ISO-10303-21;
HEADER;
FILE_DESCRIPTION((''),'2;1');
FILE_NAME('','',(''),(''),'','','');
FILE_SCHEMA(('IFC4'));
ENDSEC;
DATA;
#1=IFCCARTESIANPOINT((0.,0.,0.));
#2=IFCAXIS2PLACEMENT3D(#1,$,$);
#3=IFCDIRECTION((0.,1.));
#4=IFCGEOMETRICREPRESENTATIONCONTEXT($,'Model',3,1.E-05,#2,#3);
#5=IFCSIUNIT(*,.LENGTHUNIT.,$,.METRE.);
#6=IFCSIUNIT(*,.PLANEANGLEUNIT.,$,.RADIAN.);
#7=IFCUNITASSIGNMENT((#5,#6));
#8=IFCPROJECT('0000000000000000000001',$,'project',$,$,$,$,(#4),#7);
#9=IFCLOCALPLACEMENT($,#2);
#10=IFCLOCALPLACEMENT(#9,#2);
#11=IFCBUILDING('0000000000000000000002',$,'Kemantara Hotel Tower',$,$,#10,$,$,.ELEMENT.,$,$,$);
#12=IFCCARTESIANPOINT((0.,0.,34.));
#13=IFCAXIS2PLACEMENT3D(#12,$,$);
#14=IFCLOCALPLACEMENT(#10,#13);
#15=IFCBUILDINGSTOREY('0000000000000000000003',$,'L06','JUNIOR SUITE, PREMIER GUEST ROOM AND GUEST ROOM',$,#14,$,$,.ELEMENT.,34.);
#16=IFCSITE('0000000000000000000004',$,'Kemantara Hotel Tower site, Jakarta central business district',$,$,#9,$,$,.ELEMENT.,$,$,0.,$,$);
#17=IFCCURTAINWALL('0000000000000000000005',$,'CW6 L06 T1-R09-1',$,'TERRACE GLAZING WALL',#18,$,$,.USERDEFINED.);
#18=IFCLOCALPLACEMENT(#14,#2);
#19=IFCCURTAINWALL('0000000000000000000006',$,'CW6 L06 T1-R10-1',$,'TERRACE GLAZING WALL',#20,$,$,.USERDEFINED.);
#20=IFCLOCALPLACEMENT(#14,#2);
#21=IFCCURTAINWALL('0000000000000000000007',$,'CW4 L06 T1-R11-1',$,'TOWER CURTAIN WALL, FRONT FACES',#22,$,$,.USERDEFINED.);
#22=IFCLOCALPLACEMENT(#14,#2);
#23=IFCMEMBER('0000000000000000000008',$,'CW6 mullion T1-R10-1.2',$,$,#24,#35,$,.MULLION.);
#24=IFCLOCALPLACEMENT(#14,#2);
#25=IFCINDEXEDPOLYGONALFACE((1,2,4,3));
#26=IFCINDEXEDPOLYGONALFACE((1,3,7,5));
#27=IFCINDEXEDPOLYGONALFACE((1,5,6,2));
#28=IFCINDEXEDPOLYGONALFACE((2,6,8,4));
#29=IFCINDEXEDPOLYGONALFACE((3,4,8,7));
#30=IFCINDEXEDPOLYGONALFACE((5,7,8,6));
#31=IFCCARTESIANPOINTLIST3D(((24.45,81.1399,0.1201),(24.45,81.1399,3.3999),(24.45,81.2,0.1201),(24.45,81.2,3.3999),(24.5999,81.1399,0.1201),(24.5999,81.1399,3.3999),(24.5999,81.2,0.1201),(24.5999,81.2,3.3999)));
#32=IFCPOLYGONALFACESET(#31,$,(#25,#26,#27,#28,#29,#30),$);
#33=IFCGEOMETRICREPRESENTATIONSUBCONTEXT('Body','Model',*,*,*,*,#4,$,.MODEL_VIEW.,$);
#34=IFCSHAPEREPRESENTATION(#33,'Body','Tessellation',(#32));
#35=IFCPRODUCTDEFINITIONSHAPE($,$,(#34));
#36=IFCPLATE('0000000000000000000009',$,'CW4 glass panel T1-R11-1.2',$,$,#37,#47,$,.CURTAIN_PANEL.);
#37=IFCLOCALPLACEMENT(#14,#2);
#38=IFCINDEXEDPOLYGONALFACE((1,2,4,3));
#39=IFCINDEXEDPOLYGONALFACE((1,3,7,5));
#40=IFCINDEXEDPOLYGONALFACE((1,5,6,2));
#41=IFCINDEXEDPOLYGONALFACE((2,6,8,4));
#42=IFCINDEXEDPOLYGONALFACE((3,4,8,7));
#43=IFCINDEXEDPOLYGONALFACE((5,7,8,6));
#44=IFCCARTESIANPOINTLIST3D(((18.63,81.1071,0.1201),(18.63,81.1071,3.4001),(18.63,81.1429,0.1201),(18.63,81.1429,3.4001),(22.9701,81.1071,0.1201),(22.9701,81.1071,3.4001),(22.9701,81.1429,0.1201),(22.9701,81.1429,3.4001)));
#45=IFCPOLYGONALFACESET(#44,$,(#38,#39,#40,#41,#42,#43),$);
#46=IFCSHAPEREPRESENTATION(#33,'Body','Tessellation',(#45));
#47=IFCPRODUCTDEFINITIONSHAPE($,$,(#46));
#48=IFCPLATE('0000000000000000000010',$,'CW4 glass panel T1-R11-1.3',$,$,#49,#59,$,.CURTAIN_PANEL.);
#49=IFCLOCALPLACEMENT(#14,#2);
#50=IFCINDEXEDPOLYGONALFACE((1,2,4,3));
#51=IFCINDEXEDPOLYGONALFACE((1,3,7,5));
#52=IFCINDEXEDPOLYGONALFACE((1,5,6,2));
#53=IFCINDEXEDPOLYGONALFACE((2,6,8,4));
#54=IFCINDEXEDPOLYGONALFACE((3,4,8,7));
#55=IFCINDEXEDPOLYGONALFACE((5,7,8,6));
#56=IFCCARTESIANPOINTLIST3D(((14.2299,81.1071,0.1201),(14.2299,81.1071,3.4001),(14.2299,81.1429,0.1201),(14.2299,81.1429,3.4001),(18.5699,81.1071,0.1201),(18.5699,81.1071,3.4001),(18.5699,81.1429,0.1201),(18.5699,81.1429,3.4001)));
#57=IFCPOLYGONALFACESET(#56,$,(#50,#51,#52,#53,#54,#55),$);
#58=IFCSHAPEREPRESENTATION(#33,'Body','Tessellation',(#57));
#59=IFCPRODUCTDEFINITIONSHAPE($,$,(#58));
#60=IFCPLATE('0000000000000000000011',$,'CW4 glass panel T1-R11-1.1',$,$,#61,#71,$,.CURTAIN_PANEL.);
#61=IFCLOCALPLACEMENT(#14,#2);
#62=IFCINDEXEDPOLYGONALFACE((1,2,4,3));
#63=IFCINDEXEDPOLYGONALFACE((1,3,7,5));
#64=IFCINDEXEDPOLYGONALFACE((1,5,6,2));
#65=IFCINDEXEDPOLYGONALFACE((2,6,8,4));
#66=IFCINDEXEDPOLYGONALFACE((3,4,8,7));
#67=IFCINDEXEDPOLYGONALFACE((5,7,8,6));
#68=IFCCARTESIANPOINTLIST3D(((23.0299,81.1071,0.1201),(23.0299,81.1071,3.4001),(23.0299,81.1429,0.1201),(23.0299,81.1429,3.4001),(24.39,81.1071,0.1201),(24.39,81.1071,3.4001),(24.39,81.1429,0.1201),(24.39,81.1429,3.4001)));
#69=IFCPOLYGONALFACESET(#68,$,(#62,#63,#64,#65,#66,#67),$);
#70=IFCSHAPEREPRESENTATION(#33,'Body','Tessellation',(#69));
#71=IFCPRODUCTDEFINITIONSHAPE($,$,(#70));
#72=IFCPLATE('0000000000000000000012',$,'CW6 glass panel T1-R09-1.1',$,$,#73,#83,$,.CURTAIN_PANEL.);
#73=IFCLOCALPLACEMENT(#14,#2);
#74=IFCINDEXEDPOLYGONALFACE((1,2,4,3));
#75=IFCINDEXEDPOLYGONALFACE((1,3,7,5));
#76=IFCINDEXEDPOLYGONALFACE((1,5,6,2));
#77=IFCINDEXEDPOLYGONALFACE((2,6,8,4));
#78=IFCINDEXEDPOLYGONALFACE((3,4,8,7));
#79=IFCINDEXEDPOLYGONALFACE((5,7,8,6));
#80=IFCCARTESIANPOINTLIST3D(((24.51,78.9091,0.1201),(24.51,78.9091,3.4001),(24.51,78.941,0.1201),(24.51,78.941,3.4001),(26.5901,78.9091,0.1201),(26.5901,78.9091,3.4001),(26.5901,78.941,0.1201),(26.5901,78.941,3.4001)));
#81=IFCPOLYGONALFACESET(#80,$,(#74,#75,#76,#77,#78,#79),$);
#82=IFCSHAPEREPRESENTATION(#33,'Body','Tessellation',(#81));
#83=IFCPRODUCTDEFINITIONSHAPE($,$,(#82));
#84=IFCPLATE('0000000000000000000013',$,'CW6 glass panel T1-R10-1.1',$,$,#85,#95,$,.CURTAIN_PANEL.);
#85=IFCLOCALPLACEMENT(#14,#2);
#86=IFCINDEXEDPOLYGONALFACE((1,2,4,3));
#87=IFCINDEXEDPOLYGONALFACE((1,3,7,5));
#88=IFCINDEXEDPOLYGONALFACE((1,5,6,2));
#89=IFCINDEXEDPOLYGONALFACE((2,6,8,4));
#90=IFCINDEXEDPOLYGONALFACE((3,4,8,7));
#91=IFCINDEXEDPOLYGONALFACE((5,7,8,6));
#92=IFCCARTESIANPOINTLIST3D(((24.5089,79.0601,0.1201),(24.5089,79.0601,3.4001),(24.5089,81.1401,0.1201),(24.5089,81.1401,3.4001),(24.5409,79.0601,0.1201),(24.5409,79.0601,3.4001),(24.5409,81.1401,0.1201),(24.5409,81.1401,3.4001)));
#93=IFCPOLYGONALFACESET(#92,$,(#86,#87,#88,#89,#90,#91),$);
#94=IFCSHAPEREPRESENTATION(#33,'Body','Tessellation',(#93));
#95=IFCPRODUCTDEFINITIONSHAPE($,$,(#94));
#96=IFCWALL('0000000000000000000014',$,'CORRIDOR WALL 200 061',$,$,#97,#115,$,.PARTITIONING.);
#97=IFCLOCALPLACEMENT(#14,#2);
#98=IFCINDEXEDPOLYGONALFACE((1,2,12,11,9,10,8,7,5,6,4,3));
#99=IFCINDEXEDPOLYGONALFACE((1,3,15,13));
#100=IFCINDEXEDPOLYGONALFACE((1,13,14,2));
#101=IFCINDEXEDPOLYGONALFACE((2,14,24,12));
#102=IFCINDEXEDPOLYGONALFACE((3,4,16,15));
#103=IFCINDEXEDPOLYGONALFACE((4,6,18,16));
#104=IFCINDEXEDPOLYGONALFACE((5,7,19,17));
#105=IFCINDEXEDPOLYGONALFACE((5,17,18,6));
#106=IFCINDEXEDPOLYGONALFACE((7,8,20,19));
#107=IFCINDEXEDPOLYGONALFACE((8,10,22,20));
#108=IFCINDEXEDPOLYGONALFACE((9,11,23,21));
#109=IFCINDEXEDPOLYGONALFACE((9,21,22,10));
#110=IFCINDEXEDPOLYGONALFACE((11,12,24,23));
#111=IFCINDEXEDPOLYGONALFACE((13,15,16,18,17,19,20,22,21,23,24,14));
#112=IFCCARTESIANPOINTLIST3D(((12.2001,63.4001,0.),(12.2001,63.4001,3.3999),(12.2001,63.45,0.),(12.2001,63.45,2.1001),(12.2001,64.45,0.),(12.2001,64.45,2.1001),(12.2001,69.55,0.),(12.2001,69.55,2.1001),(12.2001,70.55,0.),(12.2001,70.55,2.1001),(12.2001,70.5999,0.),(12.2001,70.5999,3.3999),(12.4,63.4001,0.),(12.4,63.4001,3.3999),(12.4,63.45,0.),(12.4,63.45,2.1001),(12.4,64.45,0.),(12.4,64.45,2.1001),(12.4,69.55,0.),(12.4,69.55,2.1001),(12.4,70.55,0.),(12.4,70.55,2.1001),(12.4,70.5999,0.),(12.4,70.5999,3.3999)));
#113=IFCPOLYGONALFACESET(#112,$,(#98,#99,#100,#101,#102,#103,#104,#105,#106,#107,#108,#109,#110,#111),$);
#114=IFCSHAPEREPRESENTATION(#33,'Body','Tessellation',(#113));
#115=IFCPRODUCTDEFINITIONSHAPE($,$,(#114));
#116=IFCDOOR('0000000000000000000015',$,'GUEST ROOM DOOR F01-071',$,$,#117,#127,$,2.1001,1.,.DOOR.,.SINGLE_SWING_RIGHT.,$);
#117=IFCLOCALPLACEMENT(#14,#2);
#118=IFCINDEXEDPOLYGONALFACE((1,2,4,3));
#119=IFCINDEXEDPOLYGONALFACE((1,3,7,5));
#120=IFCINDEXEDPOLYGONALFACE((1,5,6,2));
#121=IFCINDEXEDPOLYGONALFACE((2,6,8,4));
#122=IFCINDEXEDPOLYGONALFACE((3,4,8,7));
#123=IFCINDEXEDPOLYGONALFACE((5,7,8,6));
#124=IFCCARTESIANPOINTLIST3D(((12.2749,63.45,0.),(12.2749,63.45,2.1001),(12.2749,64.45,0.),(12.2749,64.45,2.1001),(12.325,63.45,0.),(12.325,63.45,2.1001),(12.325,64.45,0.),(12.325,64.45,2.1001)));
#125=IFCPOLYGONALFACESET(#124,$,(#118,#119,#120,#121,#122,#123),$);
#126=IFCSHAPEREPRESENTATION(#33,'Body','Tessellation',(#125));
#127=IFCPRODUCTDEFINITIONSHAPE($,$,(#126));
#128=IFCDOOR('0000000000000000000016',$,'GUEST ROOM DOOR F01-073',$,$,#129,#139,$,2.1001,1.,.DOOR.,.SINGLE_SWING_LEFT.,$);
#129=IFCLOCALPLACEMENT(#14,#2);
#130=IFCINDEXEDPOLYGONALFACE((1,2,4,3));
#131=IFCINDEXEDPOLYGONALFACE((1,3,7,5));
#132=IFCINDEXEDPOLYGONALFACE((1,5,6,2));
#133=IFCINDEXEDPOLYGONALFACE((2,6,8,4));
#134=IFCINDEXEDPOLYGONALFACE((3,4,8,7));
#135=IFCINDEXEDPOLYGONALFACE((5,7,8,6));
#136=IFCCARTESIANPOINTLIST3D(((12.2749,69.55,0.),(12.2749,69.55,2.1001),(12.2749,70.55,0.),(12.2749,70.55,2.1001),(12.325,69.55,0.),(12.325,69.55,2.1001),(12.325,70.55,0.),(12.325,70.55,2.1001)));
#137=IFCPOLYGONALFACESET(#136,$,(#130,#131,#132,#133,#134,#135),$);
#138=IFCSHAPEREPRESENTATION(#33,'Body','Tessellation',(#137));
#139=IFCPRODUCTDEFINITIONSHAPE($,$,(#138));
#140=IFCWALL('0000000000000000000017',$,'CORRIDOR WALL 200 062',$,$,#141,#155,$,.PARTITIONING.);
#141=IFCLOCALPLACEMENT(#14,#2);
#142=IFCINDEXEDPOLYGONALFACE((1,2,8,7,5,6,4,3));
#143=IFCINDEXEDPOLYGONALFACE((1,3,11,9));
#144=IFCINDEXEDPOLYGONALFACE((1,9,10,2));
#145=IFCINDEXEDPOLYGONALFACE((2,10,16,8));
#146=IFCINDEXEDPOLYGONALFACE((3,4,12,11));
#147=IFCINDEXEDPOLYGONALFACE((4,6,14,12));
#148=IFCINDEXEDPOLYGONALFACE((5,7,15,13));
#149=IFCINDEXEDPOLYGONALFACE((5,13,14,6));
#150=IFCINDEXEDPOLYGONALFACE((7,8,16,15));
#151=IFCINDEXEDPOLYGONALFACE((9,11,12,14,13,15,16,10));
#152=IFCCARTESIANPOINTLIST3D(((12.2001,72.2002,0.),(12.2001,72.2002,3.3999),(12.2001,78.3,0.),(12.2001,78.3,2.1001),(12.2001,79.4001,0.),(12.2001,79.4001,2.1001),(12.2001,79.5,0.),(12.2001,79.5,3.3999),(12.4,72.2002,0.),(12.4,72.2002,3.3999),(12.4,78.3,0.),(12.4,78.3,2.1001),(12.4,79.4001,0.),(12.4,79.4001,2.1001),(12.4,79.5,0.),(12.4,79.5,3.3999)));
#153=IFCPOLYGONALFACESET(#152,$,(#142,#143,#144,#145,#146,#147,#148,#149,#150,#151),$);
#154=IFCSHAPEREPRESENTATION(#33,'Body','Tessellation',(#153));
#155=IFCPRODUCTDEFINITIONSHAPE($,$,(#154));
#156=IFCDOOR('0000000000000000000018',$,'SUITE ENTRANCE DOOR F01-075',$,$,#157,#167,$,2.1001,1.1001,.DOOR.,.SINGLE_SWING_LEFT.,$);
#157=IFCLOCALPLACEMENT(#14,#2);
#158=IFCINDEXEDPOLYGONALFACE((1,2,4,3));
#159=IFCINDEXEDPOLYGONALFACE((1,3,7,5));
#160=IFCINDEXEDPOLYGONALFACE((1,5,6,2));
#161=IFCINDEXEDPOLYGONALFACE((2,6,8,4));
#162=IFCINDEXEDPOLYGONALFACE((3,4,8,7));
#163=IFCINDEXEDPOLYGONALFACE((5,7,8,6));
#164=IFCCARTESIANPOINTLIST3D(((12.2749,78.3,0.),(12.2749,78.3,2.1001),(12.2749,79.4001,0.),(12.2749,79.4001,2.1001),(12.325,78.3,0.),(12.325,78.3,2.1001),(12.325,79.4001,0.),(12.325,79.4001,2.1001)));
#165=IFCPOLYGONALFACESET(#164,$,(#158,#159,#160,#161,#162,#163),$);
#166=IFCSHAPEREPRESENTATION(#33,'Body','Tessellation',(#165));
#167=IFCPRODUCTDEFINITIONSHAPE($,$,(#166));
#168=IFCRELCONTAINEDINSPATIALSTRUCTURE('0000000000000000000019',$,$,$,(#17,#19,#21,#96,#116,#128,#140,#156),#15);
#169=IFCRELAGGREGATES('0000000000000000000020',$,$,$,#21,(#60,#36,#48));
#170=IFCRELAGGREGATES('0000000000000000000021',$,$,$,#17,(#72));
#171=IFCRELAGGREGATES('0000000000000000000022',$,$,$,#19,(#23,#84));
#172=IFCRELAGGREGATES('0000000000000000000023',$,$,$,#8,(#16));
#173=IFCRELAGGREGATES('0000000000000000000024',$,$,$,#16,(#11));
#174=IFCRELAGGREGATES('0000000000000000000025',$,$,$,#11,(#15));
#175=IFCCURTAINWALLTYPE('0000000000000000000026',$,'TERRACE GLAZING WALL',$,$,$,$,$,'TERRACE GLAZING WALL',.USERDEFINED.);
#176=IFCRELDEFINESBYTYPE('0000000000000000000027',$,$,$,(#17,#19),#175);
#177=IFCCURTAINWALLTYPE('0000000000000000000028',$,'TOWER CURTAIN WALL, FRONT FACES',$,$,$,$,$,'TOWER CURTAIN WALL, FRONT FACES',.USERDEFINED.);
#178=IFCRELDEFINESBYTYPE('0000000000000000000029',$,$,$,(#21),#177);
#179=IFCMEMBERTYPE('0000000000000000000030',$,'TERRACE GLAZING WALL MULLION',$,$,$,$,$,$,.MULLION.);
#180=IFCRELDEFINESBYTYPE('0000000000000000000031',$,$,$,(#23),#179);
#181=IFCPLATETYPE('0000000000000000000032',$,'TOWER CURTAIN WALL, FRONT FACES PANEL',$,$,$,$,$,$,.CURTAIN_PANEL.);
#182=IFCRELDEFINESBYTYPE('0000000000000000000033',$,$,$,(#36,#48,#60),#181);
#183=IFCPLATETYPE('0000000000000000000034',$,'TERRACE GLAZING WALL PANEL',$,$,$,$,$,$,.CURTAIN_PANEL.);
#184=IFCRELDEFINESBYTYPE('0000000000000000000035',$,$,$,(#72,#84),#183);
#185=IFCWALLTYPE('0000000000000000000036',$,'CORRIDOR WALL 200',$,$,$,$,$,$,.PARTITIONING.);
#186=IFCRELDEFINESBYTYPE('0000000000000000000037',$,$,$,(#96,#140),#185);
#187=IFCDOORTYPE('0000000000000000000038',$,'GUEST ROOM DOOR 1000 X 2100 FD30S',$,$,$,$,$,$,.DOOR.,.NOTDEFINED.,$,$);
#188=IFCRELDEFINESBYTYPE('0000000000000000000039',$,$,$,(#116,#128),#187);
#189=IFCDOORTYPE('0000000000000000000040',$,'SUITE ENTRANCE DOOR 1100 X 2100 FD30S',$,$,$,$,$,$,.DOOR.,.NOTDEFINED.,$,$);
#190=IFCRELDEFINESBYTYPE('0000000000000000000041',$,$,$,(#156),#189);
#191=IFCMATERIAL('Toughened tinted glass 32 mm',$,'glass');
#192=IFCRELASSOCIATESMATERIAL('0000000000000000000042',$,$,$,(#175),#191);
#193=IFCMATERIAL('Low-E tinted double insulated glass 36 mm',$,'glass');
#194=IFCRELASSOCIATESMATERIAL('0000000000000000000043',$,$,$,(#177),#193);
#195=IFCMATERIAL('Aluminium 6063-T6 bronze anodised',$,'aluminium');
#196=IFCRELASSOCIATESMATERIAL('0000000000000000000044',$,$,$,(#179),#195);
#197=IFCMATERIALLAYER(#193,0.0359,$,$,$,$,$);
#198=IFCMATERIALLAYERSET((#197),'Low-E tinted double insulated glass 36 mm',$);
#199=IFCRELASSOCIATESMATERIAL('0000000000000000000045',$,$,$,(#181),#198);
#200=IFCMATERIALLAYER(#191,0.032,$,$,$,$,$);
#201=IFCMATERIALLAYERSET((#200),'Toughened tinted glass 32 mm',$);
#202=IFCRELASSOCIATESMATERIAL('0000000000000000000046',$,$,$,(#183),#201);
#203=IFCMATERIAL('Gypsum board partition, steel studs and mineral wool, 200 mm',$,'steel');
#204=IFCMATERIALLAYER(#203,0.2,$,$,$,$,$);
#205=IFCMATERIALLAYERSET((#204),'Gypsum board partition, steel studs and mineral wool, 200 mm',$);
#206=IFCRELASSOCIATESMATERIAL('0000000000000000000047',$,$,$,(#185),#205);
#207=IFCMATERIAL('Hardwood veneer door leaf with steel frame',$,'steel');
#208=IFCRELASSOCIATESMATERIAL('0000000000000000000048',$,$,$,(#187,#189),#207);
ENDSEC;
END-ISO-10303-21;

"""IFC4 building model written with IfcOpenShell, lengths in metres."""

from ifc_helpers import new_model, si_unit, direction, frame, frame_2d, origin, origin_2d, place, context, subcontext, project, spatial, rectangle, extrude, source, transform, mapped, material, layer, layer_set, material_profile, profile_set, type_object, element, fill, aggregate, save


model = new_model("IFC4")

# Units and contexts
model_context = context("Model", 3, precision=1e-05, world=origin(), true_north=direction((0.0, 1.0)))
body_context = subcontext(model_context, "Body", "Model", "MODEL_VIEW")
ifc_project = project(units=[si_unit("LENGTHUNIT", "METRE"), si_unit("PLANEANGLEUNIT", "RADIAN")], contexts=[model_context])

# Site, building, storey
site_placement = place(None, origin())
site = spatial("IfcSite", under=ifc_project, at=site_placement, Name="Kemantara Hotel Tower site, Jakarta central business district", CompositionType="ELEMENT", RefElevation=0.0)
building_placement = place(site_placement, origin())
building = spatial("IfcBuilding", under=site, at=building_placement, Name="Kemantara Hotel Tower", CompositionType="ELEMENT")
storey_placement = place(building_placement, frame((0.0, 0.0, 34.0)))
storey = spatial("IfcBuildingStorey", under=building, at=storey_placement, Name="L06", Description="JUNIOR SUITE, PREMIER GUEST ROOM AND GUEST ROOM", CompositionType="ELEMENT", Elevation=34.0)

# Curtain walls
ifc_material_1 = material(Name="Toughened tinted glass 32 mm", Category="glass")
curtain_wall_type_1 = type_object("IfcCurtainWallType", Name="TERRACE GLAZING WALL", ElementType="TERRACE GLAZING WALL", PredefinedType="USERDEFINED", material=ifc_material_1)
curtain_wall_1_placement = place(storey_placement, origin())
curtain_wall_1 = element("IfcCurtainWall", 1, at=curtain_wall_1_placement, inside=storey, type_object=curtain_wall_type_1, Name="CW6 L06 T1-R09-1", ObjectType="TERRACE GLAZING WALL", PredefinedType="USERDEFINED")
ifc_material_2 = material(Name="Aluminium 6063-T6 bronze anodised", Category="aluminium")
curtain_wall_2_placement = place(storey_placement, origin())
curtain_wall_2 = element("IfcCurtainWall", 2, at=curtain_wall_2_placement, inside=storey, type_object=curtain_wall_type_1, Name="CW6 L06 T1-R10-1", ObjectType="TERRACE GLAZING WALL", PredefinedType="USERDEFINED")

# Curtain wall
ifc_material_3 = material(Name="Low-E tinted double insulated glass 36 mm", Category="glass")
curtain_wall_type_2 = type_object("IfcCurtainWallType", Name="TOWER CURTAIN WALL, FRONT FACES", ElementType="TOWER CURTAIN WALL, FRONT FACES", PredefinedType="USERDEFINED", material=ifc_material_3)
curtain_wall_3_placement = place(storey_placement, origin())
curtain_wall_3 = element("IfcCurtainWall", 3, at=curtain_wall_3_placement, inside=storey, type_object=curtain_wall_type_2, Name="CW4 L06 T1-R11-1", ObjectType="TOWER CURTAIN WALL, FRONT FACES", PredefinedType="USERDEFINED")

# Member
ifc_material_profile_1 = material_profile(ifc_material_2, rectangle(XDim=0.1499, YDim=0.0601, at=origin_2d()), Name="TERRACE GLAZING WALL MULLION")
ifc_profile_set_1 = profile_set([ifc_material_profile_1], Name="Aluminium 6063-T6 bronze anodised")
member_type_1 = type_object("IfcMemberType", Name="TERRACE GLAZING WALL MULLION", PredefinedType="MULLION", material=ifc_profile_set_1)
shared_shape_1 = source(origin(), body_context, "Body", "SweptSolid", [
    extrude(rectangle(XDim=0.1499, YDim=0.0601, at=origin_2d()), origin(), (0.0, 0.0, 1.0), 3.2798),
])
member_1_placement = place(storey_placement, frame((24.5249, 81.1699, 0.1201), z_axis=(0.0, 0.0, 1.0), x_axis=(-1.0, 0.0, 0.0)))
member_1 = element("IfcMember", 4, at=member_1_placement, type_object=member_type_1, Name="CW6 mullion T1-R10-1.2", PredefinedType="MULLION", context=body_context, shape_type="MappedRepresentation", body=[
    mapped(shared_shape_1, transform((0.0, 0.0, 0.0))),
])

# Plates
ifc_layer_1 = layer(ifc_material_3, 0.0359)
ifc_layer_set_1 = layer_set([ifc_layer_1], Name="Low-E tinted double insulated glass 36 mm")
plate_type_1 = type_object("IfcPlateType", Name="TOWER CURTAIN WALL, FRONT FACES PANEL", PredefinedType="CURTAIN_PANEL", material=ifc_layer_set_1)
shared_shape_2 = source(origin(), body_context, "Body", "SweptSolid", [
    extrude(rectangle(XDim=4.3401, YDim=0.0359, at=origin_2d()), origin(), (0.0, 0.0, 1.0), 3.28),
])
plate_1_placement = place(storey_placement, frame((20.8, 81.125, 0.1201), z_axis=(0.0, 0.0, 1.0), x_axis=(-1.0, 0.0, 0.0)))
plate_1 = element("IfcPlate", 5, at=plate_1_placement, type_object=plate_type_1, Name="CW4 glass panel T1-R11-1.2", PredefinedType="CURTAIN_PANEL", context=body_context, shape_type="MappedRepresentation", body=[
    mapped(shared_shape_2, transform((0.0, 0.0, 0.0))),
])
plate_2_placement = place(storey_placement, frame((16.3999, 81.125, 0.1201), z_axis=(0.0, 0.0, 1.0), x_axis=(-1.0, 0.0, 0.0)))
plate_2 = element("IfcPlate", 6, at=plate_2_placement, type_object=plate_type_1, Name="CW4 glass panel T1-R11-1.3", PredefinedType="CURTAIN_PANEL", context=body_context, shape_type="MappedRepresentation", body=[
    mapped(shared_shape_2, transform((0.0, 0.0, 0.0))),
])
shared_shape_3 = source(origin(), body_context, "Body", "SweptSolid", [
    extrude(rectangle(XDim=1.3601, YDim=0.0359, at=origin_2d()), origin(), (0.0, 0.0, 1.0), 3.28),
])
plate_3_placement = place(storey_placement, frame((23.71, 81.125, 0.1201), z_axis=(0.0, 0.0, 1.0), x_axis=(-1.0, 0.0, 0.0)))
plate_3 = element("IfcPlate", 7, at=plate_3_placement, type_object=plate_type_1, Name="CW4 glass panel T1-R11-1.1", PredefinedType="CURTAIN_PANEL", context=body_context, shape_type="MappedRepresentation", body=[
    mapped(shared_shape_3, transform((0.0, 0.0, 0.0))),
])
aggregate(curtain_wall_3, [plate_3, plate_1, plate_2])
ifc_layer_2 = layer(ifc_material_1, 0.032)
ifc_layer_set_2 = layer_set([ifc_layer_2], Name="Toughened tinted glass 32 mm")
plate_type_2 = type_object("IfcPlateType", Name="TERRACE GLAZING WALL PANEL", PredefinedType="CURTAIN_PANEL", material=ifc_layer_set_2)
shared_shape_4 = source(origin(), body_context, "Body", "SweptSolid", [
    extrude(rectangle(XDim=2.0801, YDim=0.032, at=origin_2d()), origin(), (0.0, 0.0, 1.0), 3.28),
])
plate_4_placement = place(storey_placement, frame((25.55, 78.925, 0.1201), z_axis=(0.0, 0.0, 1.0), x_axis=(-1.0, 0.0, 0.0)))
plate_4 = element("IfcPlate", 8, at=plate_4_placement, type_object=plate_type_2, Name="CW6 glass panel T1-R09-1.1", PredefinedType="CURTAIN_PANEL", context=body_context, shape_type="MappedRepresentation", body=[
    mapped(shared_shape_4, transform((0.0, 0.0, 0.0))),
])
aggregate(curtain_wall_1, [plate_4])
plate_5_placement = place(storey_placement, frame((24.5249, 80.1001, 0.1201), z_axis=(0.0, 0.0, 1.0), x_axis=(0.0, 1.0, 0.0)))
plate_5 = element("IfcPlate", 9, at=plate_5_placement, type_object=plate_type_2, Name="CW6 glass panel T1-R10-1.1", PredefinedType="CURTAIN_PANEL", context=body_context, shape_type="MappedRepresentation", body=[
    mapped(shared_shape_4, transform((0.0, 0.0, 0.0))),
])
aggregate(curtain_wall_2, [member_1, plate_5])

# Wall, openings, doors
ifc_material_4 = material(Name="Gypsum board partition, steel studs and mineral wool, 200 mm", Category="steel")
ifc_layer_3 = layer(ifc_material_4, 0.2)
ifc_layer_set_3 = layer_set([ifc_layer_3], Name="Gypsum board partition, steel studs and mineral wool, 200 mm")
wall_type_1 = type_object("IfcWallType", Name="CORRIDOR WALL 200", PredefinedType="PARTITIONING", material=ifc_layer_set_3)
wall_1_placement = place(storey_placement, frame((12.3, 70.5999, 0.0), z_axis=(0.0, 0.0, 1.0), x_axis=(0.0, -1.0, 0.0)))
wall_1 = element("IfcWall", 10, at=wall_1_placement, inside=storey, type_object=wall_type_1, Name="CORRIDOR WALL 200 061", PredefinedType="PARTITIONING", context=body_context, shape_type="SweptSolid", body=[
    extrude(rectangle(XDim=7.1997, YDim=0.2, at=frame_2d((3.5999, 0.0))), origin(), (0.0, 0.0, 1.0), 3.3999),
])
opening_1_placement = place(wall_1_placement, frame((6.1499, 0.0, 0.0)))
opening_1 = element("IfcOpeningElement", 11, at=opening_1_placement, cuts=wall_1, PredefinedType="OPENING", context=body_context, shape_type="SweptSolid", body=[
    extrude(rectangle(XDim=1.0, YDim=2.1001, at=frame_2d((0.5, 1.05))), frame((0.0, 0.1099, 0.0), z_axis=(0.0, -1.0, 0.0), x_axis=(1.0, 0.0, 0.0)), (0.0, 0.0, 1.0), 0.22),
])
opening_2_placement = place(wall_1_placement, frame((0.0498, 0.0, 0.0)))
opening_2 = element("IfcOpeningElement", 12, at=opening_2_placement, cuts=wall_1, PredefinedType="OPENING", context=body_context, shape_type="SweptSolid", body=[
    extrude(rectangle(XDim=1.0, YDim=2.1001, at=frame_2d((0.5, 1.05))), frame((0.0, 0.1099, 0.0), z_axis=(0.0, -1.0, 0.0), x_axis=(1.0, 0.0, 0.0)), (0.0, 0.0, 1.0), 0.22),
])
ifc_material_5 = material(Name="Hardwood veneer door leaf with steel frame", Category="steel")
door_type_1 = type_object("IfcDoorType", Name="GUEST ROOM DOOR 1000 X 2100 FD30S", OperationType="NOTDEFINED", PredefinedType="DOOR", material=ifc_material_5)
door_1_placement = place(opening_1_placement, origin())
door_1 = element("IfcDoor", 13, at=door_1_placement, inside=storey, type_object=door_type_1, Name="GUEST ROOM DOOR F01-071", OperationType="SINGLE_SWING_RIGHT", OverallHeight=2.1001, OverallWidth=1.0, PredefinedType="DOOR", context=body_context, shape_type="SweptSolid", body=[
    extrude(rectangle(XDim=1.0, YDim=2.1001, at=frame_2d((0.5, 1.05))), frame((0.0, 0.0249, 0.0), z_axis=(0.0, -1.0, 0.0), x_axis=(1.0, 0.0, 0.0)), (0.0, 0.0, 1.0), 0.05),
])
fill(opening_1, door_1)
door_2_placement = place(opening_2_placement, origin())
door_2 = element("IfcDoor", 14, at=door_2_placement, inside=storey, type_object=door_type_1, Name="GUEST ROOM DOOR F01-073", OperationType="SINGLE_SWING_LEFT", OverallHeight=2.1001, OverallWidth=1.0, PredefinedType="DOOR", context=body_context, shape_type="SweptSolid", body=[
    extrude(rectangle(XDim=1.0, YDim=2.1001, at=frame_2d((0.5, 1.05))), frame((0.0, 0.0249, 0.0), z_axis=(0.0, -1.0, 0.0), x_axis=(1.0, 0.0, 0.0)), (0.0, 0.0, 1.0), 0.05),
])
fill(opening_2, door_2)

# Wall, opening, door
wall_2_placement = place(storey_placement, frame((12.3, 79.5, 0.0), z_axis=(0.0, 0.0, 1.0), x_axis=(0.0, -1.0, 0.0)))
wall_2 = element("IfcWall", 15, at=wall_2_placement, inside=storey, type_object=wall_type_1, Name="CORRIDOR WALL 200 062", PredefinedType="PARTITIONING", context=body_context, shape_type="SweptSolid", body=[
    extrude(rectangle(XDim=7.2998, YDim=0.2, at=frame_2d((3.6499, 0.0))), origin(), (0.0, 0.0, 1.0), 3.3999),
])
opening_3_placement = place(wall_2_placement, frame((0.0999, 0.0, 0.0)))
opening_3 = element("IfcOpeningElement", 16, at=opening_3_placement, cuts=wall_2, PredefinedType="OPENING", context=body_context, shape_type="SweptSolid", body=[
    extrude(rectangle(XDim=1.1001, YDim=2.1001, at=frame_2d((0.55, 1.05))), frame((0.0, 0.1099, 0.0), z_axis=(0.0, -1.0, 0.0), x_axis=(1.0, 0.0, 0.0)), (0.0, 0.0, 1.0), 0.22),
])
door_type_2 = type_object("IfcDoorType", Name="SUITE ENTRANCE DOOR 1100 X 2100 FD30S", OperationType="NOTDEFINED", PredefinedType="DOOR", material=ifc_material_5)
door_3_placement = place(opening_3_placement, origin())
door_3 = element("IfcDoor", 17, at=door_3_placement, inside=storey, type_object=door_type_2, Name="SUITE ENTRANCE DOOR F01-075", OperationType="SINGLE_SWING_LEFT", OverallHeight=2.1001, OverallWidth=1.1001, PredefinedType="DOOR", context=body_context, shape_type="SweptSolid", body=[
    extrude(rectangle(XDim=1.1001, YDim=2.1001, at=frame_2d((0.55, 1.05))), frame((0.0, 0.0249, 0.0), z_axis=(0.0, -1.0, 0.0), x_axis=(1.0, 0.0, 0.0)), (0.0, 0.0, 1.0), 0.05),
])
fill(opening_3, door_3)

save(model, "model.ifc")
